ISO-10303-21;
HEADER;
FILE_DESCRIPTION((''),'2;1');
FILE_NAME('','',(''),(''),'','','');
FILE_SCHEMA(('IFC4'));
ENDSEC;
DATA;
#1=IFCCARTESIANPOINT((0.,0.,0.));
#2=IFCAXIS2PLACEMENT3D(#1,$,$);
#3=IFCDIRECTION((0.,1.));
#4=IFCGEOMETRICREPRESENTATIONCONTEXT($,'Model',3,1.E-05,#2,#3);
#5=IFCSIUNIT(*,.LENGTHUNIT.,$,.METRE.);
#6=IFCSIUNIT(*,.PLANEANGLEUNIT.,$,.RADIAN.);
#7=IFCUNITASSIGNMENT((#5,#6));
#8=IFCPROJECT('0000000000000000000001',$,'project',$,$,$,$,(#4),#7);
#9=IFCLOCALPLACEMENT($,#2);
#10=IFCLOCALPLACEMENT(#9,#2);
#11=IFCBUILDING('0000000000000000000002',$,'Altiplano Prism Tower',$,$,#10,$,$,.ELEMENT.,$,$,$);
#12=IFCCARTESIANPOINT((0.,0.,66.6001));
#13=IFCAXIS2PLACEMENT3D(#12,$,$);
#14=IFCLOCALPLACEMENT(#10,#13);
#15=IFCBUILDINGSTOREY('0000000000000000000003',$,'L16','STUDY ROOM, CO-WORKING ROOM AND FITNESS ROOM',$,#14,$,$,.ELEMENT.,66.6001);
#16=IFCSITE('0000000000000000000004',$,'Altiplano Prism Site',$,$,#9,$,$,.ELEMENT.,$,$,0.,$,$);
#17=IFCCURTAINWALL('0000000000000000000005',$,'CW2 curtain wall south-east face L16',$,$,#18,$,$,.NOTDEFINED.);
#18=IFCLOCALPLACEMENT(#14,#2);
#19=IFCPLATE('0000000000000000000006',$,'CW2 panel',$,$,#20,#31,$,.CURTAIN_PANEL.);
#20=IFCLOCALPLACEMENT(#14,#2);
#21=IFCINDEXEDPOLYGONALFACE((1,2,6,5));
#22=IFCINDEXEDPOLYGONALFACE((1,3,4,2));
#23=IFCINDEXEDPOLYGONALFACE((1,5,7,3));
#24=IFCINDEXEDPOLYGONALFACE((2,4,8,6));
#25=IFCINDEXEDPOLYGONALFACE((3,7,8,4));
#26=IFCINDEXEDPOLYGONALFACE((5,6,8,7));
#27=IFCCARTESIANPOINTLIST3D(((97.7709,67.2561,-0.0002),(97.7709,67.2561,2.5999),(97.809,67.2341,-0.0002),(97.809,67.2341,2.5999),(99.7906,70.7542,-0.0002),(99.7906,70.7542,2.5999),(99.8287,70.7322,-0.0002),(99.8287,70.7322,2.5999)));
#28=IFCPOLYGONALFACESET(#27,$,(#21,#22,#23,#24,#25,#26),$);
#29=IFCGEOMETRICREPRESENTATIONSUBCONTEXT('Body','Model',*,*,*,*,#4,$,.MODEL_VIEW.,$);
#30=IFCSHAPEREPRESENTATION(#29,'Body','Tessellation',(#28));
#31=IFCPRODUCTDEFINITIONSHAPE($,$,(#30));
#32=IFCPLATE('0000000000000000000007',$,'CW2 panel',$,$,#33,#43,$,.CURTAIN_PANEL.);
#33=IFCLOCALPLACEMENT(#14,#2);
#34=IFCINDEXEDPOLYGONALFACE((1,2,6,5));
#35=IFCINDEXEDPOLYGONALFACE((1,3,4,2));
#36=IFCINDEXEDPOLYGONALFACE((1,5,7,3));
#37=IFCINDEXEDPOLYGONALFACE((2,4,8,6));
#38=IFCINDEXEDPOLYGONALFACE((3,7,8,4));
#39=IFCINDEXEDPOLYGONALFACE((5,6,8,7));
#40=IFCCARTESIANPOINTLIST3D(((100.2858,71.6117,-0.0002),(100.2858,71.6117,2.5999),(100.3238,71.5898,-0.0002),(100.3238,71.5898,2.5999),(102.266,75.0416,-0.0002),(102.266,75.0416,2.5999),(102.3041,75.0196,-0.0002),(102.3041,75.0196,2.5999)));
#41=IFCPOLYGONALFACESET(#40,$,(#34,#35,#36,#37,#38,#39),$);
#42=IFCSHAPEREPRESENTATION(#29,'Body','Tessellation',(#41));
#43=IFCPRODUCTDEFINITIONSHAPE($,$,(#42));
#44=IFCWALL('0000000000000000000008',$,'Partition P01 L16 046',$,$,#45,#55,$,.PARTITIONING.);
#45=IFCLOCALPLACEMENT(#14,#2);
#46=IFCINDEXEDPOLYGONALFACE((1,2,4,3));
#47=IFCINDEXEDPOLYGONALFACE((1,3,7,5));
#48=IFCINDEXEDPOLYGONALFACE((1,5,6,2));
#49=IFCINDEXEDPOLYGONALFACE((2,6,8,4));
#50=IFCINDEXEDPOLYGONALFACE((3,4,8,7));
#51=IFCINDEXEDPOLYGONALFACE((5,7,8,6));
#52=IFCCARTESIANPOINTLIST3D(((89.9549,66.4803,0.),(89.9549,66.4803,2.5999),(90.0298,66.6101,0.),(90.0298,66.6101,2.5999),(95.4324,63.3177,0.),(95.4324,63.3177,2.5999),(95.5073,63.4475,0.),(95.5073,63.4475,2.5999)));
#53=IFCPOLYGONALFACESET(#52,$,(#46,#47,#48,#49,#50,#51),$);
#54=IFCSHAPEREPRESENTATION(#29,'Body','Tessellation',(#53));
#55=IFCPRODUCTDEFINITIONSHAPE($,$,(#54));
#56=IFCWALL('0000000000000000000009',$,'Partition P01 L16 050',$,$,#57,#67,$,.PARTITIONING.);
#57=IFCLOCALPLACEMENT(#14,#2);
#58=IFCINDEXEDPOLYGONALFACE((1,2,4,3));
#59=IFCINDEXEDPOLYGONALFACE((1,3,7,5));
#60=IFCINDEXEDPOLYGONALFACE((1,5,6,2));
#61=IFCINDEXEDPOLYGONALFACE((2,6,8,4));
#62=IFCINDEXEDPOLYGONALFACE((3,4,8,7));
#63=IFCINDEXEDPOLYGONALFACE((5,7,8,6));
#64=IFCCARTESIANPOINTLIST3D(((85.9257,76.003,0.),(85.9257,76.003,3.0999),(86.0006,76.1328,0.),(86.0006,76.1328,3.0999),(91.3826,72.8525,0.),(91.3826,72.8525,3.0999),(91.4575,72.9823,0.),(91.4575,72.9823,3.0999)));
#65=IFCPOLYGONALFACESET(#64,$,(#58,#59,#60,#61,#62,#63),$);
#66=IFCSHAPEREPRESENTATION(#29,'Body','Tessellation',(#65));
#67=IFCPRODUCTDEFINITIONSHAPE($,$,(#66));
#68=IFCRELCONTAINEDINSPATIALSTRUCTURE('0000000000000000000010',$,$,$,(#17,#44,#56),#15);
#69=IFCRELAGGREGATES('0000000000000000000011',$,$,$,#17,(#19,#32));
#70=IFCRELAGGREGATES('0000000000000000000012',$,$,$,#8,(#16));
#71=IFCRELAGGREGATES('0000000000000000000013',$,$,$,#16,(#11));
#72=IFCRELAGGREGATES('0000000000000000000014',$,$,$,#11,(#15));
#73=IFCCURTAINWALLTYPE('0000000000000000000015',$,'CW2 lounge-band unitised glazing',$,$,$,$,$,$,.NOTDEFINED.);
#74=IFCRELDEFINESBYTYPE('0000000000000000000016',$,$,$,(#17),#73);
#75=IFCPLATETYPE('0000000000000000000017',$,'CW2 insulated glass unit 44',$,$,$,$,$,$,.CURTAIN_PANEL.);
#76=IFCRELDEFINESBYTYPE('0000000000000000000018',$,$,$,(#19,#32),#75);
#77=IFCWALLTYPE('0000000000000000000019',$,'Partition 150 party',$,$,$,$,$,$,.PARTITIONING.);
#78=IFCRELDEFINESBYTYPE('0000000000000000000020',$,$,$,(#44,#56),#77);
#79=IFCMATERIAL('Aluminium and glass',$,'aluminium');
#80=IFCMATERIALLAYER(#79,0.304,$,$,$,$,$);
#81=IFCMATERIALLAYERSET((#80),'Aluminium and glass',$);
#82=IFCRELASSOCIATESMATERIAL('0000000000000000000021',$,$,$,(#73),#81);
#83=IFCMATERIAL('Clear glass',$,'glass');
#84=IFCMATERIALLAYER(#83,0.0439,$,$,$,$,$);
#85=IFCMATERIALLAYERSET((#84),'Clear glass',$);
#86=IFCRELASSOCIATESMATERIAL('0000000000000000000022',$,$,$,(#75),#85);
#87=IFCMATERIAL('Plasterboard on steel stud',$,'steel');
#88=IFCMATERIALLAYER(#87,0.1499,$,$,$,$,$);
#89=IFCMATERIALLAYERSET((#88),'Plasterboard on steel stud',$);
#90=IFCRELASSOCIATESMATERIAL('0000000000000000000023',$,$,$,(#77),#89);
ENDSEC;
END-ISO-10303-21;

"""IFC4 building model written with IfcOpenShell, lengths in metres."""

from ifc_helpers import new_model, si_unit, direction, frame, frame_2d, origin, origin_2d, place, context, subcontext, project, spatial, rectangle, extrude, material, layer, layer_set, type_object, element, aggregate, save


model = new_model("IFC4")

# Units and contexts
model_context = context("Model", 3, precision=1e-05, world=origin(), true_north=direction((0.0, 1.0)))
body_context = subcontext(model_context, "Body", "Model", "MODEL_VIEW")
ifc_project = project(units=[si_unit("LENGTHUNIT", "METRE"), si_unit("PLANEANGLEUNIT", "RADIAN")], contexts=[model_context])

# Site, building, storey
site_placement = place(None, origin())
site = spatial("IfcSite", under=ifc_project, at=site_placement, Name="Altiplano Prism Site", CompositionType="ELEMENT", RefElevation=0.0)
building_placement = place(site_placement, origin())
building = spatial("IfcBuilding", under=site, at=building_placement, Name="Altiplano Prism Tower", CompositionType="ELEMENT")
storey_placement = place(building_placement, frame((0.0, 0.0, 66.6001)))
storey = spatial("IfcBuildingStorey", under=building, at=storey_placement, Name="L16", Description="STUDY ROOM, CO-WORKING ROOM AND FITNESS ROOM", CompositionType="ELEMENT", Elevation=66.6001)

# Curtain wall
ifc_material_1 = material(Name="Aluminium and glass", Category="aluminium")
ifc_layer_1 = layer(ifc_material_1, 0.304)
ifc_layer_set_1 = layer_set([ifc_layer_1], Name="Aluminium and glass")
curtain_wall_type = type_object("IfcCurtainWallType", Name="CW2 lounge-band unitised glazing", PredefinedType="NOTDEFINED", material=ifc_layer_set_1)
curtain_wall_placement = place(storey_placement, origin())
curtain_wall = element("IfcCurtainWall", 1, at=curtain_wall_placement, inside=storey, type_object=curtain_wall_type, Name="CW2 curtain wall south-east face L16", PredefinedType="NOTDEFINED")

# Plates
ifc_material_2 = material(Name="Clear glass", Category="glass")
ifc_layer_2 = layer(ifc_material_2, 0.0439)
ifc_layer_set_2 = layer_set([ifc_layer_2], Name="Clear glass")
plate_type = type_object("IfcPlateType", Name="CW2 insulated glass unit 44", PredefinedType="CURTAIN_PANEL", material=ifc_layer_set_2)
plate_1_placement = place(storey_placement, frame((98.7998, 68.9941, -0.0002), z_axis=(0.0, 0.0, 1.0), x_axis=(0.5, 0.866025, 0.0)))
plate_1 = element("IfcPlate", 2, at=plate_1_placement, type_object=plate_type, Name="CW2 panel", PredefinedType="CURTAIN_PANEL", context=body_context, shape_type="SweptSolid", body=[
    extrude(rectangle(XDim=4.0393, YDim=0.0439, at=origin_2d()), origin(), (0.0, 0.0, 1.0), 2.6001),
])
plate_2_placement = place(storey_placement, frame((101.2949, 73.3157, -0.0002), z_axis=(0.0, 0.0, 1.0), x_axis=(0.5, 0.866025, 0.0)))
plate_2 = element("IfcPlate", 3, at=plate_2_placement, type_object=plate_type, Name="CW2 panel", PredefinedType="CURTAIN_PANEL", context=body_context, shape_type="SweptSolid", body=[
    extrude(rectangle(XDim=3.9604, YDim=0.0439, at=origin_2d()), origin(), (0.0, 0.0, 1.0), 2.6001),
])
aggregate(curtain_wall, [plate_1, plate_2])

# Walls
ifc_material_3 = material(Name="Plasterboard on steel stud", Category="steel")
ifc_layer_3 = layer(ifc_material_3, 0.1499)
ifc_layer_set_3 = layer_set([ifc_layer_3], Name="Plasterboard on steel stud")
wall_type = type_object("IfcWallType", Name="Partition 150 party", PredefinedType="PARTITIONING", material=ifc_layer_set_3)
wall_1_placement = place(storey_placement, frame((95.47, 63.3826, 0.0), z_axis=(0.0, 0.0, 1.0), x_axis=(-0.866016, 0.500016, 0.0)))
element("IfcWall", 4, at=wall_1_placement, inside=storey, type_object=wall_type, Name="Partition P01 L16 046", PredefinedType="PARTITIONING", context=body_context, shape_type="SweptSolid", body=[
    extrude(rectangle(XDim=6.325, YDim=0.1499, at=frame_2d((3.1626, 0.0))), origin(), (0.0, 0.0, 1.0), 2.5999),
])
wall_2_placement = place(storey_placement, frame((91.4199, 72.9175, 0.0), z_axis=(0.0, 0.0, 1.0), x_axis=(-0.866031, 0.49999, 0.0)))
element("IfcWall", 5, at=wall_2_placement, inside=storey, type_object=wall_type, Name="Partition P01 L16 050", PredefinedType="PARTITIONING", context=body_context, shape_type="SweptSolid", body=[
    extrude(rectangle(XDim=6.301, YDim=0.1499, at=frame_2d((3.1504, 0.0))), origin(), (0.0, 0.0, 1.0), 3.0999),
])

save(model, "model.ifc")
